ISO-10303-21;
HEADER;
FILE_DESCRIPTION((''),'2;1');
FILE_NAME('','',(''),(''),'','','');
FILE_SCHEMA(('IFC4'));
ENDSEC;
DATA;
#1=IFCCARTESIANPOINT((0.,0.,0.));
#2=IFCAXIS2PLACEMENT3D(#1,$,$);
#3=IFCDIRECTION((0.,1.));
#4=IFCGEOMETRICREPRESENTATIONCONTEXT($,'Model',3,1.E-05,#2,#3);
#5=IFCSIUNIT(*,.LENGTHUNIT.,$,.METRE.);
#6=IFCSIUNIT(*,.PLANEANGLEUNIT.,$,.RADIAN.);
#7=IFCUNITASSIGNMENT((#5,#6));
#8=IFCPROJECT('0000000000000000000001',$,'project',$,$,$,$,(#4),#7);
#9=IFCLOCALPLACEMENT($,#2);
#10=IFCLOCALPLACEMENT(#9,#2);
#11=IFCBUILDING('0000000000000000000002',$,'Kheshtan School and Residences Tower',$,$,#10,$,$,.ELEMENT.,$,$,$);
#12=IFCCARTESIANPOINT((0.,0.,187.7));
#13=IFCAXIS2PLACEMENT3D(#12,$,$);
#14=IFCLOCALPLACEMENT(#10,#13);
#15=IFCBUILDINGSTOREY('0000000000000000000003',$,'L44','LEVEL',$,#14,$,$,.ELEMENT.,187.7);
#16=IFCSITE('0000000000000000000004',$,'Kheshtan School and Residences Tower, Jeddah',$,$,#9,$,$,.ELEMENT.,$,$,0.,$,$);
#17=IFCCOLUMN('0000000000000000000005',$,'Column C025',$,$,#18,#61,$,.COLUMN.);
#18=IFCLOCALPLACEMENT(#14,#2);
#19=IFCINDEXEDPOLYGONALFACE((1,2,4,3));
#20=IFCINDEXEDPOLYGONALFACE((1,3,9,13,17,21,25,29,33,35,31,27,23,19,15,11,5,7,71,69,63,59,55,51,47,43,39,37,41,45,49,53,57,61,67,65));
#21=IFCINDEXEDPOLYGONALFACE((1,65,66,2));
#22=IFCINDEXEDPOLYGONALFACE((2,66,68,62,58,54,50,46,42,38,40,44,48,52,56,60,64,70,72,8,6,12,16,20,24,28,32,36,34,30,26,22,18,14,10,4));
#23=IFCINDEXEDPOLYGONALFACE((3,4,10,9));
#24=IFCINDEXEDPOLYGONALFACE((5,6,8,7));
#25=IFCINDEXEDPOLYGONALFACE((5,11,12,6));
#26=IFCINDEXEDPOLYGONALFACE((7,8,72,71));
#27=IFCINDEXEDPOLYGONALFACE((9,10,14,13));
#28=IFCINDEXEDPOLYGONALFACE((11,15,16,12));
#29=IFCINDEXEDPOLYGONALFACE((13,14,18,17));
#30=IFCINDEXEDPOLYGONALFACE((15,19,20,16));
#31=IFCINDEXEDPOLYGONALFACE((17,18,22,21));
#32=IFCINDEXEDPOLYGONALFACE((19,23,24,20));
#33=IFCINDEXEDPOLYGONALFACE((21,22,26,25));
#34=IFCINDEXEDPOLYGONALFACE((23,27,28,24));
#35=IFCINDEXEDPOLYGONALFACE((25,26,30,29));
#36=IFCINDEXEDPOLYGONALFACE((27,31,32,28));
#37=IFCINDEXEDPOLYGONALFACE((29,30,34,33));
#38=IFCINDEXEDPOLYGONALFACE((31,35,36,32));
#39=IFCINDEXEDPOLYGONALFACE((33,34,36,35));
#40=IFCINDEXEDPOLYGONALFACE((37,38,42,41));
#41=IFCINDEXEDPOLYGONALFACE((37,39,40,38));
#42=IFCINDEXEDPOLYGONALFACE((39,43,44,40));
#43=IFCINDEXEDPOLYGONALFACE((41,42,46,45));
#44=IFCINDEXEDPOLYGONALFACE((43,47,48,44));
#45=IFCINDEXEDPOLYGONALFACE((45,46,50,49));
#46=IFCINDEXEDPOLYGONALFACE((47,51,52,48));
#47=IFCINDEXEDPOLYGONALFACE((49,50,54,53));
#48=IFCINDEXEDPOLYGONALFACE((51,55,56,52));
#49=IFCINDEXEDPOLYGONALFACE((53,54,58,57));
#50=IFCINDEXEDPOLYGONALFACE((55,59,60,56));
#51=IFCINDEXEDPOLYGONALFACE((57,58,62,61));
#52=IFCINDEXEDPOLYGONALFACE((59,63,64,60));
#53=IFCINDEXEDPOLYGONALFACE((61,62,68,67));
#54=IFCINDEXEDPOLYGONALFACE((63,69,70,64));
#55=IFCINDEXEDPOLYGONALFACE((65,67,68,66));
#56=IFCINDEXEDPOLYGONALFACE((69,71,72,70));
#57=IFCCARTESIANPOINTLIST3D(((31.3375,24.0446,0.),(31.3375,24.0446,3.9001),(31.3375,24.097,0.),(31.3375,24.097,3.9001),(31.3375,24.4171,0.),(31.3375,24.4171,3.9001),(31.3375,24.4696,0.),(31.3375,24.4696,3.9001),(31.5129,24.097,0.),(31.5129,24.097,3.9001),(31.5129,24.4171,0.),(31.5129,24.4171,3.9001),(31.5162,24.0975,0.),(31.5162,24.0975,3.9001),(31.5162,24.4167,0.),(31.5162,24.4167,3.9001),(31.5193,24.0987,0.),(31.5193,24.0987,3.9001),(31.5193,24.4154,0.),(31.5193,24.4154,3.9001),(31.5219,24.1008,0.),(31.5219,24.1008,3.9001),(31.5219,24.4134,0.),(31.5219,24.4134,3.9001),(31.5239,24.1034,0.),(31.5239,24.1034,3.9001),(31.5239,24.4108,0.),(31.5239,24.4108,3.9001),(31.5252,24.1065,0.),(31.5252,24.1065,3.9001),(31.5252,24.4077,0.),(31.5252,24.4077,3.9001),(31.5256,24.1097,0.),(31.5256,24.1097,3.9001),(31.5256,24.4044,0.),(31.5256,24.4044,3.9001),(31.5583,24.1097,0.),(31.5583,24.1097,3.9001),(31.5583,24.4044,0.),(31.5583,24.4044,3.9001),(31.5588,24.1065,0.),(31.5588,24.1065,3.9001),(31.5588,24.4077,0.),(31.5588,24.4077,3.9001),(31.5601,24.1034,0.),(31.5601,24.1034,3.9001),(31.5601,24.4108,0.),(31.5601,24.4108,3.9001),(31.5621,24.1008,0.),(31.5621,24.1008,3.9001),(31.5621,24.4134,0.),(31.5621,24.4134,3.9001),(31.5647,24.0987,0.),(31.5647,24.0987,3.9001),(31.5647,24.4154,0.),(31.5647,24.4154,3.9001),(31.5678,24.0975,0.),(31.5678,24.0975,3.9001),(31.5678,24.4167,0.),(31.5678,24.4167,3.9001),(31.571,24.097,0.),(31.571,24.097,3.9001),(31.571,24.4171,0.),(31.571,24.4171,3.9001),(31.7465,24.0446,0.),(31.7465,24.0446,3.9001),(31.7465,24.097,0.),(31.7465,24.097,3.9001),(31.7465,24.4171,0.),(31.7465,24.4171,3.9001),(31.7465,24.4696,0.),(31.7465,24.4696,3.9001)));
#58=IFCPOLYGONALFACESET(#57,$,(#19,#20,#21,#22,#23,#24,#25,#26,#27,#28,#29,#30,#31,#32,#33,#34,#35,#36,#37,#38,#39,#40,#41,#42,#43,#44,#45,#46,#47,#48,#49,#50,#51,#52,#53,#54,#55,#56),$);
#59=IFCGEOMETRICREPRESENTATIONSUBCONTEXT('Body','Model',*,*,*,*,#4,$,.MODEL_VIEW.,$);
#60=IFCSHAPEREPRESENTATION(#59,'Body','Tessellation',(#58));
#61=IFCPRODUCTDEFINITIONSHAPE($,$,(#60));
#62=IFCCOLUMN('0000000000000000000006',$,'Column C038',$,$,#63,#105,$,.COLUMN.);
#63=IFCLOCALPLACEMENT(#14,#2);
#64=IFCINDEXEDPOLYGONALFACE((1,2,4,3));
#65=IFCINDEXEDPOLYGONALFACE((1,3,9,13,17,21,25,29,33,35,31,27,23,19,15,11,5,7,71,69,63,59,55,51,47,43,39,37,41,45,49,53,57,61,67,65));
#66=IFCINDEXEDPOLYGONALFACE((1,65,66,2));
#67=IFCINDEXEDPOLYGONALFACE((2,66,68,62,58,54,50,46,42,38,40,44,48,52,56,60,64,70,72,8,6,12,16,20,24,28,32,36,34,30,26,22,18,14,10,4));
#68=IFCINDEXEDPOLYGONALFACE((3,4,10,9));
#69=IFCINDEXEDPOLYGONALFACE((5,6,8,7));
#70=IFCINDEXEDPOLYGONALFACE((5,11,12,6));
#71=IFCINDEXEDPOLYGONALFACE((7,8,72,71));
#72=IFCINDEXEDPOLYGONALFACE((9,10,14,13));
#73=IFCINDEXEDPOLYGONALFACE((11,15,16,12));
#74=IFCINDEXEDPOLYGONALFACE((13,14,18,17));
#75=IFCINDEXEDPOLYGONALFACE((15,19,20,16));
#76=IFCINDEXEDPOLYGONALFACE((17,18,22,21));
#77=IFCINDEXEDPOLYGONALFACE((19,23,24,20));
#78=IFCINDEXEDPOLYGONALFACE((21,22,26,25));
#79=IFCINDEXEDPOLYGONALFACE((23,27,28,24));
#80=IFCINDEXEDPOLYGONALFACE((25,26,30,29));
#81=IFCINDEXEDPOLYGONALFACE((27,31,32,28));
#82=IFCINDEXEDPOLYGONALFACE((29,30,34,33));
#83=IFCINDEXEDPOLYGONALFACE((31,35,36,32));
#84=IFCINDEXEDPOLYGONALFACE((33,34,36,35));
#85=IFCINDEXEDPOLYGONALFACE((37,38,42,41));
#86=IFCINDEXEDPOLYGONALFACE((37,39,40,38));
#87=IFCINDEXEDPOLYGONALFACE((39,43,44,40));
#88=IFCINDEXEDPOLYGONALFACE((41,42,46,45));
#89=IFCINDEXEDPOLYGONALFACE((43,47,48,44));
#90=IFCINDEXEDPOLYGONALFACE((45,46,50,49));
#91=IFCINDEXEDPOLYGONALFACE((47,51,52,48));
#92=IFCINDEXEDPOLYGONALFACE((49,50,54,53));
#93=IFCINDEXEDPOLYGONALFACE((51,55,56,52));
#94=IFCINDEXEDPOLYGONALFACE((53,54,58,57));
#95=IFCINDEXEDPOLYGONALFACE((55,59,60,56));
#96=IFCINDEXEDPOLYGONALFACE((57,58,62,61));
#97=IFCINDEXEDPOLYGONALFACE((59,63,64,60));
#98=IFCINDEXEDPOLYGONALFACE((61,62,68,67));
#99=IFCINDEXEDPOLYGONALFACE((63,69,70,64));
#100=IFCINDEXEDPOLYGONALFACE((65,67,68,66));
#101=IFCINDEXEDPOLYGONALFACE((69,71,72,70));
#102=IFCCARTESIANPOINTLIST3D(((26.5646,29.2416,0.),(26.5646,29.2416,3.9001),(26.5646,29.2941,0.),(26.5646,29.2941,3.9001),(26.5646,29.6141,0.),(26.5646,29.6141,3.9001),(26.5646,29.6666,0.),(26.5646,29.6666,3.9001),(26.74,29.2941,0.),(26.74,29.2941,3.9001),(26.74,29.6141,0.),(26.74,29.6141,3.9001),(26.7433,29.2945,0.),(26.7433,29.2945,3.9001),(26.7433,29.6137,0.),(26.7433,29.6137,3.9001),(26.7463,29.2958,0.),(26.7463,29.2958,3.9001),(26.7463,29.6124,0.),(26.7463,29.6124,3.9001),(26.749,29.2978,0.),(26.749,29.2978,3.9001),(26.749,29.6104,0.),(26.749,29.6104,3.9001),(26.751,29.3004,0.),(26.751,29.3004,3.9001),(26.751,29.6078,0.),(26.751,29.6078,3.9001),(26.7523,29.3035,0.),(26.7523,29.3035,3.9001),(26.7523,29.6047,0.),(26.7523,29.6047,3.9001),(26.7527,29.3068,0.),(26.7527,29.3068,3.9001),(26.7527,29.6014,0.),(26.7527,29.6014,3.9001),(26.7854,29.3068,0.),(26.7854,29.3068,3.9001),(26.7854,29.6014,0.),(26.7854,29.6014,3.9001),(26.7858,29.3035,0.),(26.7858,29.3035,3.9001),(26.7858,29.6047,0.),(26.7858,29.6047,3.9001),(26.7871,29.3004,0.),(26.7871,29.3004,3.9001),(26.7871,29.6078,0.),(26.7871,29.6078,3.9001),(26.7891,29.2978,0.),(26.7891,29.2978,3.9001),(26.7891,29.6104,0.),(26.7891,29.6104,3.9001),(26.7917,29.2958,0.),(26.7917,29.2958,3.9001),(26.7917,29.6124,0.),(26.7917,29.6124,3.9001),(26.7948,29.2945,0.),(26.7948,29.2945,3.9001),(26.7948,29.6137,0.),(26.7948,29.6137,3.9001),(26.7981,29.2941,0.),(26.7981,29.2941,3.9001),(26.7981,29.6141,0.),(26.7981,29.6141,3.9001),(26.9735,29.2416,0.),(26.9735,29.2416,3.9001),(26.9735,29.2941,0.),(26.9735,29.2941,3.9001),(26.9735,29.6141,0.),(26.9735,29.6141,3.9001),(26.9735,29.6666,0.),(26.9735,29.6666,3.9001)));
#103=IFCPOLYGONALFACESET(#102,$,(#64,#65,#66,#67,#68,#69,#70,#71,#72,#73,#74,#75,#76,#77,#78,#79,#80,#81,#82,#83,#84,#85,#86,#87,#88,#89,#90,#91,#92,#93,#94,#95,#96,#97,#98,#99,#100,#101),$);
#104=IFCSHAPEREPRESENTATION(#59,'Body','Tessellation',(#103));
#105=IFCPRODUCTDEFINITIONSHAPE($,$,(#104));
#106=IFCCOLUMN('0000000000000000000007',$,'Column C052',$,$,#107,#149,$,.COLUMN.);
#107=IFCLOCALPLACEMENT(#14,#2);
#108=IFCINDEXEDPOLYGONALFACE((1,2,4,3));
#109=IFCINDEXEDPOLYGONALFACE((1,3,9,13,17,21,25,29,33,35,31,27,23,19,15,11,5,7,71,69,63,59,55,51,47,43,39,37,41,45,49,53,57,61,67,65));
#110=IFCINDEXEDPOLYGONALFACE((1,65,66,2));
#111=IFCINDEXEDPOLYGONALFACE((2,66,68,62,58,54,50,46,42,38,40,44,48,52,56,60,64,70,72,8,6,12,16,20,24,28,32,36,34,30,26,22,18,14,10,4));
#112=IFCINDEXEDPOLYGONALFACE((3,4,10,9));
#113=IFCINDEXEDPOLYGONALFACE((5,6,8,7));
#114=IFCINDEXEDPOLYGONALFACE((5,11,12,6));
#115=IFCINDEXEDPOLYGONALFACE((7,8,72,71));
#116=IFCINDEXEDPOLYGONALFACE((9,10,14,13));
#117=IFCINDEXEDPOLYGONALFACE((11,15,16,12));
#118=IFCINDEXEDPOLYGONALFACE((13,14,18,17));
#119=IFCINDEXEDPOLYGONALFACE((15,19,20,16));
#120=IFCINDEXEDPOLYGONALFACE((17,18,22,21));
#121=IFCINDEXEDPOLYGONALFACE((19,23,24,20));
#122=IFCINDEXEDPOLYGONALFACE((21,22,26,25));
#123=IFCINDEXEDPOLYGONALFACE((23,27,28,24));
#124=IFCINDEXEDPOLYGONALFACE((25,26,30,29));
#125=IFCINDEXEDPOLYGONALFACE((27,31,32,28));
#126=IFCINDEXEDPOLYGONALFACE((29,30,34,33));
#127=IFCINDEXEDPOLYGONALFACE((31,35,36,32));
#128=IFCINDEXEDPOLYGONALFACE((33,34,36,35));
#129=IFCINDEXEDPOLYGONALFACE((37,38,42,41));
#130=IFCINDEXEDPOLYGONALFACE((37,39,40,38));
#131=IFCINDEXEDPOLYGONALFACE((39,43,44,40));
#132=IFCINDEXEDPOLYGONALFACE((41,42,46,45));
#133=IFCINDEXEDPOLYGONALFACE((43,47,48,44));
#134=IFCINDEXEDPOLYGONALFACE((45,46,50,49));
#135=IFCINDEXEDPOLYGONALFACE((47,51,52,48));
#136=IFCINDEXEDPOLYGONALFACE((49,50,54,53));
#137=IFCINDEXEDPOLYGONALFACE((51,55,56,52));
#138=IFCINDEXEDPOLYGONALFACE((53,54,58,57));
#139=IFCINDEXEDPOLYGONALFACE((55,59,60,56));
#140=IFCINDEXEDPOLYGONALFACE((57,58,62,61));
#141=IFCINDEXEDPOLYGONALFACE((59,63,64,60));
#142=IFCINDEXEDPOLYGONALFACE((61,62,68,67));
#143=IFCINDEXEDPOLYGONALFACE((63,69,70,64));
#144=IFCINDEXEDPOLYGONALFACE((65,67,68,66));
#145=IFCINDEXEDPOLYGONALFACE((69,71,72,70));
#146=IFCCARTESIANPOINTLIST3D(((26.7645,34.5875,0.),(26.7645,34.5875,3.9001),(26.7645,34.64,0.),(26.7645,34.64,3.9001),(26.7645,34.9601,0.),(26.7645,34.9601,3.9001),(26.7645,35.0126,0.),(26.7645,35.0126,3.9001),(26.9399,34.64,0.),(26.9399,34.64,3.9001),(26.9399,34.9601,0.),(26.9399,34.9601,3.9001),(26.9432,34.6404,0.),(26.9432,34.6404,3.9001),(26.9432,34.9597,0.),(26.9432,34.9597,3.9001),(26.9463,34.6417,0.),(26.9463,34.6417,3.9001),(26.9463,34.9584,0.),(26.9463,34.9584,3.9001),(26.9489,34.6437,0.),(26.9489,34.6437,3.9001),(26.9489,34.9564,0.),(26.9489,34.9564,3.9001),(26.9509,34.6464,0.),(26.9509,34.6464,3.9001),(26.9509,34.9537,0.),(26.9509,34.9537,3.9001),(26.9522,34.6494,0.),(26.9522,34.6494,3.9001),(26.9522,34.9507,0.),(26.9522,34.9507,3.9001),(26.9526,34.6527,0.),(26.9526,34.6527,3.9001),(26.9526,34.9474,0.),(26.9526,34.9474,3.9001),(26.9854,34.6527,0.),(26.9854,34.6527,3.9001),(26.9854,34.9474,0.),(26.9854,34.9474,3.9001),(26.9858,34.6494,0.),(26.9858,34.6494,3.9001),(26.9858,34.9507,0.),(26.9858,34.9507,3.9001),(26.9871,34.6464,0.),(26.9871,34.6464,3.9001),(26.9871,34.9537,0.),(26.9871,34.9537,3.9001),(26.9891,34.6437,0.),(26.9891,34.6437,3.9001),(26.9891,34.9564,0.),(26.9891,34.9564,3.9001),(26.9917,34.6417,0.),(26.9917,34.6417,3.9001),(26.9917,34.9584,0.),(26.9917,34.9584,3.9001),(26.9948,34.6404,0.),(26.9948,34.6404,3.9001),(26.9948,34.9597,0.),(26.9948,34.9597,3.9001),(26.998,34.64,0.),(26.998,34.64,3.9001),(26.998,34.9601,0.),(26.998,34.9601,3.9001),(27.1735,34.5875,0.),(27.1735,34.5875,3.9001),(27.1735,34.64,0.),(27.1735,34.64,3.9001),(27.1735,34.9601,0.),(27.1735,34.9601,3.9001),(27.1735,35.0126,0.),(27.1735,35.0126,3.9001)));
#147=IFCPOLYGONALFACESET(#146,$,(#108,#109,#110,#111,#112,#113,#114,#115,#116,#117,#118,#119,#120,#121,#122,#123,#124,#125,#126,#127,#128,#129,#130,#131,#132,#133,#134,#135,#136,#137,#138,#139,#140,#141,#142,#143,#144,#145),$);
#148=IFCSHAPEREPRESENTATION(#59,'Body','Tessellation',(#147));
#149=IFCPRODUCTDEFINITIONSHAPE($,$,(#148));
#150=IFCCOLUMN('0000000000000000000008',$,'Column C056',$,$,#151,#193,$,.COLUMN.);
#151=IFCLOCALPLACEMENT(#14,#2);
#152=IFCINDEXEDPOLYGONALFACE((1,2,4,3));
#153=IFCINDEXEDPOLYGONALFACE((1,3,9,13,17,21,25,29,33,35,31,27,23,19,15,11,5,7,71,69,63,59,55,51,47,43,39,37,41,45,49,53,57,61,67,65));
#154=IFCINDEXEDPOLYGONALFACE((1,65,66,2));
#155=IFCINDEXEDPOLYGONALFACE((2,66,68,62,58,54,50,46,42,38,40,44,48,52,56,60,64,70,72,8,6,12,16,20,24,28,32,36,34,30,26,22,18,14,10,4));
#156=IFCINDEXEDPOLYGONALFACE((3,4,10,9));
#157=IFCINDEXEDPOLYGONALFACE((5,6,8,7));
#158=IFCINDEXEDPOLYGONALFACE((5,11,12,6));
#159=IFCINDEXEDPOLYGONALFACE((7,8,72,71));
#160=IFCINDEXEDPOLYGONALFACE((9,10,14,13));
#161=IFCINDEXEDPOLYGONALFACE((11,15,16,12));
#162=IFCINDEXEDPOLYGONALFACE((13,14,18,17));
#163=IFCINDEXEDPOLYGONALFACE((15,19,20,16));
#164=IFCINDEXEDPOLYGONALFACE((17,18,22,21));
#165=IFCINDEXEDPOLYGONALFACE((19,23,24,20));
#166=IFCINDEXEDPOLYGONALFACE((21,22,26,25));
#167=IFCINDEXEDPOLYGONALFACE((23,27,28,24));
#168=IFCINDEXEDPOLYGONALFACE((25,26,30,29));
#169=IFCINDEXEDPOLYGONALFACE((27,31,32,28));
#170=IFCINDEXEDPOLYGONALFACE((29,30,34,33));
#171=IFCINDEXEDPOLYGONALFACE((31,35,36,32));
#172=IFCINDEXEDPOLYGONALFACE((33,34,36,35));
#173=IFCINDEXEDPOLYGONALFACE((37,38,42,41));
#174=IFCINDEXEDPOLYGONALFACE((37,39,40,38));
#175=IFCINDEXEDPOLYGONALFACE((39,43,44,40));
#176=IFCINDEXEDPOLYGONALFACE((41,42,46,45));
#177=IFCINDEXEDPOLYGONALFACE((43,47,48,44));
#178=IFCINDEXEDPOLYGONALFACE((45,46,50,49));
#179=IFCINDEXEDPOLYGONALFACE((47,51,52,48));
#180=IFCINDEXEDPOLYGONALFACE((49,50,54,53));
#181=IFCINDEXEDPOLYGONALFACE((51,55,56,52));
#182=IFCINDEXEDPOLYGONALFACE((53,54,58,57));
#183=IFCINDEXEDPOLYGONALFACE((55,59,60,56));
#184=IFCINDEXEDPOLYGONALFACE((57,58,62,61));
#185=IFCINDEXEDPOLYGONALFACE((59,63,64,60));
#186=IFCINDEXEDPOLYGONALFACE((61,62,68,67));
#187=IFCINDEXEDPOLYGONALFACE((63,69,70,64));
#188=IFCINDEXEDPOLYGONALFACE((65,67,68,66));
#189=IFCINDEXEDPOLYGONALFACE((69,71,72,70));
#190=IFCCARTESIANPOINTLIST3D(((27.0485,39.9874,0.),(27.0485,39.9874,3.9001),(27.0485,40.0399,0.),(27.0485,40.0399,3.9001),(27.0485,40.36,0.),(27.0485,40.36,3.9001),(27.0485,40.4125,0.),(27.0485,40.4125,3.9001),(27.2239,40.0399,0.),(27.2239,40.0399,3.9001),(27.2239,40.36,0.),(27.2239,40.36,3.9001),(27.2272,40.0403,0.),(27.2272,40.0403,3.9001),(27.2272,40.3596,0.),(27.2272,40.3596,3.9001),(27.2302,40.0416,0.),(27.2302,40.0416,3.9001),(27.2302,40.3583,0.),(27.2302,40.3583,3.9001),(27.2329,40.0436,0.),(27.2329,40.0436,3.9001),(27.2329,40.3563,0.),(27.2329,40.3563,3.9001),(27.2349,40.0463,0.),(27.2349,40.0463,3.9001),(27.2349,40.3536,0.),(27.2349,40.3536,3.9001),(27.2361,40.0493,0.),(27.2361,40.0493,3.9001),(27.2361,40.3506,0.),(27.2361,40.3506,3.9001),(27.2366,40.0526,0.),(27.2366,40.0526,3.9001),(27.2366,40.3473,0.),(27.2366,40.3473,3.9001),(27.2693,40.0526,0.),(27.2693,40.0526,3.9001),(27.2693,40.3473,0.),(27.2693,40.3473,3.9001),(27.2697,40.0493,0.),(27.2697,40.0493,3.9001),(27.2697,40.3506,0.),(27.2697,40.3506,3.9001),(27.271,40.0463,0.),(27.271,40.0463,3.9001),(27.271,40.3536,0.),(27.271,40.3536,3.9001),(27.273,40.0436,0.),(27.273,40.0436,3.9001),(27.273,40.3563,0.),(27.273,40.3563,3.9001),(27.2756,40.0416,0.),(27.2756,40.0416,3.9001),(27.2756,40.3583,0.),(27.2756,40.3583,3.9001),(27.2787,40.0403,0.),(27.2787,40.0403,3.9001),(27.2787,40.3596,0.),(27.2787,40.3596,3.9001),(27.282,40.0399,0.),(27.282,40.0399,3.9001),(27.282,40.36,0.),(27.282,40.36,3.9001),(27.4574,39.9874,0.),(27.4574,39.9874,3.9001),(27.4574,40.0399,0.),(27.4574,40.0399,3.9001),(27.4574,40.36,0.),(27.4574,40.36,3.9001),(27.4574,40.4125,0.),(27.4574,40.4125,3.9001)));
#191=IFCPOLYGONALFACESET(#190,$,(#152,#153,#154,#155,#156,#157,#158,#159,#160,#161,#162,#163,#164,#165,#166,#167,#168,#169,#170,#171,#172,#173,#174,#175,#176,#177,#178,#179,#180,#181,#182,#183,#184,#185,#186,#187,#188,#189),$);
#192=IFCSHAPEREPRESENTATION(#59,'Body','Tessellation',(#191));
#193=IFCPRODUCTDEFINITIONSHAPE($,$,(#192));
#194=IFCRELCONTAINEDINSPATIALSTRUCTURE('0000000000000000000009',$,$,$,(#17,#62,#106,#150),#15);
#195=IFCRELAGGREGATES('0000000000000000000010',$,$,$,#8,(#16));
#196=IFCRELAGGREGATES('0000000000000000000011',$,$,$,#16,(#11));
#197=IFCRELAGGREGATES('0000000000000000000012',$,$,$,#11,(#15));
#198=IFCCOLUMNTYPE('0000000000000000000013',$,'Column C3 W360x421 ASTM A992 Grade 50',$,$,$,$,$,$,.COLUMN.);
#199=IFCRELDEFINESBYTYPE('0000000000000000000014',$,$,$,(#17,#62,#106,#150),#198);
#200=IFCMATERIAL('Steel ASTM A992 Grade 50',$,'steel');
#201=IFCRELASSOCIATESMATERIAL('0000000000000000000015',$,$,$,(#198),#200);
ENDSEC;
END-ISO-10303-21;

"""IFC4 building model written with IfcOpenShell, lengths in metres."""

from ifc_helpers import new_model, si_unit, direction, frame, origin, origin_2d, place, context, subcontext, project, spatial, i_section, extrude, material, material_profile, profile_set, type_object, element, save


model = new_model("IFC4")

# Units and contexts
model_context = context("Model", 3, precision=1e-05, world=origin(), true_north=direction((0.0, 1.0)))
body_context = subcontext(model_context, "Body", "Model", "MODEL_VIEW")
ifc_project = project(units=[si_unit("LENGTHUNIT", "METRE"), si_unit("PLANEANGLEUNIT", "RADIAN")], contexts=[model_context])

# Site, building, storey
site_placement = place(None, origin())
site = spatial("IfcSite", under=ifc_project, at=site_placement, Name="Kheshtan School and Residences Tower, Jeddah", CompositionType="ELEMENT", RefElevation=0.0)
building_placement = place(site_placement, origin())
building = spatial("IfcBuilding", under=site, at=building_placement, Name="Kheshtan School and Residences Tower", CompositionType="ELEMENT")
storey_placement = place(building_placement, frame((0.0, 0.0, 187.7)))
storey = spatial("IfcBuildingStorey", under=building, at=storey_placement, Name="L44", Description="LEVEL", CompositionType="ELEMENT", Elevation=187.7)

# Columns
ifc_material_1 = material(Name="Steel ASTM A992 Grade 50", Category="steel")
ifc_material_profile_1 = material_profile(ifc_material_1, i_section(OverallWidth=0.4089, OverallDepth=0.425, WebThickness=0.0327, FlangeThickness=0.0525, FilletRadius=0.0127, at=origin_2d()), Name="W360x421")
ifc_profile_set_1 = profile_set([ifc_material_profile_1], Name="Steel ASTM A992 Grade 50")
column_type = type_object("IfcColumnType", Name="Column C3 W360x421 ASTM A992 Grade 50", PredefinedType="COLUMN", material=ifc_profile_set_1)
for number, where, z_axis, x_axis, name in (
    (1, (31.542, 24.2571, 0.0), (0.0, 0.0, 1.0), (1.0, 0.0, 0.0), "Column C025"),
    (2, (26.769, 29.4541, 0.0), (0.0, 0.0, 1.0), (1.0, 0.0, 0.0), "Column C038"),
    (3, (26.969, 34.8, 0.0), (0.0, 0.0, 1.0), (1.0, 0.0, 0.0), "Column C052"),
    (4, (27.2529, 40.2, 0.0), (0.0, 0.0, 1.0), (1.0, 0.0, 0.0), "Column C056"),
):
    element("IfcColumn", number, at=place(storey_placement, frame(where, z_axis=z_axis, x_axis=x_axis)), inside=storey, type_object=column_type, Name=name, PredefinedType="COLUMN", context=body_context, shape_type="SweptSolid", body=[
        extrude(i_section(OverallWidth=0.4089, OverallDepth=0.425, WebThickness=0.0327, FlangeThickness=0.0525, FilletRadius=0.0127, at=origin_2d()), origin(), (0.0, 0.0, 1.0), 3.9001),
    ])

save(model, "model.ifc")
